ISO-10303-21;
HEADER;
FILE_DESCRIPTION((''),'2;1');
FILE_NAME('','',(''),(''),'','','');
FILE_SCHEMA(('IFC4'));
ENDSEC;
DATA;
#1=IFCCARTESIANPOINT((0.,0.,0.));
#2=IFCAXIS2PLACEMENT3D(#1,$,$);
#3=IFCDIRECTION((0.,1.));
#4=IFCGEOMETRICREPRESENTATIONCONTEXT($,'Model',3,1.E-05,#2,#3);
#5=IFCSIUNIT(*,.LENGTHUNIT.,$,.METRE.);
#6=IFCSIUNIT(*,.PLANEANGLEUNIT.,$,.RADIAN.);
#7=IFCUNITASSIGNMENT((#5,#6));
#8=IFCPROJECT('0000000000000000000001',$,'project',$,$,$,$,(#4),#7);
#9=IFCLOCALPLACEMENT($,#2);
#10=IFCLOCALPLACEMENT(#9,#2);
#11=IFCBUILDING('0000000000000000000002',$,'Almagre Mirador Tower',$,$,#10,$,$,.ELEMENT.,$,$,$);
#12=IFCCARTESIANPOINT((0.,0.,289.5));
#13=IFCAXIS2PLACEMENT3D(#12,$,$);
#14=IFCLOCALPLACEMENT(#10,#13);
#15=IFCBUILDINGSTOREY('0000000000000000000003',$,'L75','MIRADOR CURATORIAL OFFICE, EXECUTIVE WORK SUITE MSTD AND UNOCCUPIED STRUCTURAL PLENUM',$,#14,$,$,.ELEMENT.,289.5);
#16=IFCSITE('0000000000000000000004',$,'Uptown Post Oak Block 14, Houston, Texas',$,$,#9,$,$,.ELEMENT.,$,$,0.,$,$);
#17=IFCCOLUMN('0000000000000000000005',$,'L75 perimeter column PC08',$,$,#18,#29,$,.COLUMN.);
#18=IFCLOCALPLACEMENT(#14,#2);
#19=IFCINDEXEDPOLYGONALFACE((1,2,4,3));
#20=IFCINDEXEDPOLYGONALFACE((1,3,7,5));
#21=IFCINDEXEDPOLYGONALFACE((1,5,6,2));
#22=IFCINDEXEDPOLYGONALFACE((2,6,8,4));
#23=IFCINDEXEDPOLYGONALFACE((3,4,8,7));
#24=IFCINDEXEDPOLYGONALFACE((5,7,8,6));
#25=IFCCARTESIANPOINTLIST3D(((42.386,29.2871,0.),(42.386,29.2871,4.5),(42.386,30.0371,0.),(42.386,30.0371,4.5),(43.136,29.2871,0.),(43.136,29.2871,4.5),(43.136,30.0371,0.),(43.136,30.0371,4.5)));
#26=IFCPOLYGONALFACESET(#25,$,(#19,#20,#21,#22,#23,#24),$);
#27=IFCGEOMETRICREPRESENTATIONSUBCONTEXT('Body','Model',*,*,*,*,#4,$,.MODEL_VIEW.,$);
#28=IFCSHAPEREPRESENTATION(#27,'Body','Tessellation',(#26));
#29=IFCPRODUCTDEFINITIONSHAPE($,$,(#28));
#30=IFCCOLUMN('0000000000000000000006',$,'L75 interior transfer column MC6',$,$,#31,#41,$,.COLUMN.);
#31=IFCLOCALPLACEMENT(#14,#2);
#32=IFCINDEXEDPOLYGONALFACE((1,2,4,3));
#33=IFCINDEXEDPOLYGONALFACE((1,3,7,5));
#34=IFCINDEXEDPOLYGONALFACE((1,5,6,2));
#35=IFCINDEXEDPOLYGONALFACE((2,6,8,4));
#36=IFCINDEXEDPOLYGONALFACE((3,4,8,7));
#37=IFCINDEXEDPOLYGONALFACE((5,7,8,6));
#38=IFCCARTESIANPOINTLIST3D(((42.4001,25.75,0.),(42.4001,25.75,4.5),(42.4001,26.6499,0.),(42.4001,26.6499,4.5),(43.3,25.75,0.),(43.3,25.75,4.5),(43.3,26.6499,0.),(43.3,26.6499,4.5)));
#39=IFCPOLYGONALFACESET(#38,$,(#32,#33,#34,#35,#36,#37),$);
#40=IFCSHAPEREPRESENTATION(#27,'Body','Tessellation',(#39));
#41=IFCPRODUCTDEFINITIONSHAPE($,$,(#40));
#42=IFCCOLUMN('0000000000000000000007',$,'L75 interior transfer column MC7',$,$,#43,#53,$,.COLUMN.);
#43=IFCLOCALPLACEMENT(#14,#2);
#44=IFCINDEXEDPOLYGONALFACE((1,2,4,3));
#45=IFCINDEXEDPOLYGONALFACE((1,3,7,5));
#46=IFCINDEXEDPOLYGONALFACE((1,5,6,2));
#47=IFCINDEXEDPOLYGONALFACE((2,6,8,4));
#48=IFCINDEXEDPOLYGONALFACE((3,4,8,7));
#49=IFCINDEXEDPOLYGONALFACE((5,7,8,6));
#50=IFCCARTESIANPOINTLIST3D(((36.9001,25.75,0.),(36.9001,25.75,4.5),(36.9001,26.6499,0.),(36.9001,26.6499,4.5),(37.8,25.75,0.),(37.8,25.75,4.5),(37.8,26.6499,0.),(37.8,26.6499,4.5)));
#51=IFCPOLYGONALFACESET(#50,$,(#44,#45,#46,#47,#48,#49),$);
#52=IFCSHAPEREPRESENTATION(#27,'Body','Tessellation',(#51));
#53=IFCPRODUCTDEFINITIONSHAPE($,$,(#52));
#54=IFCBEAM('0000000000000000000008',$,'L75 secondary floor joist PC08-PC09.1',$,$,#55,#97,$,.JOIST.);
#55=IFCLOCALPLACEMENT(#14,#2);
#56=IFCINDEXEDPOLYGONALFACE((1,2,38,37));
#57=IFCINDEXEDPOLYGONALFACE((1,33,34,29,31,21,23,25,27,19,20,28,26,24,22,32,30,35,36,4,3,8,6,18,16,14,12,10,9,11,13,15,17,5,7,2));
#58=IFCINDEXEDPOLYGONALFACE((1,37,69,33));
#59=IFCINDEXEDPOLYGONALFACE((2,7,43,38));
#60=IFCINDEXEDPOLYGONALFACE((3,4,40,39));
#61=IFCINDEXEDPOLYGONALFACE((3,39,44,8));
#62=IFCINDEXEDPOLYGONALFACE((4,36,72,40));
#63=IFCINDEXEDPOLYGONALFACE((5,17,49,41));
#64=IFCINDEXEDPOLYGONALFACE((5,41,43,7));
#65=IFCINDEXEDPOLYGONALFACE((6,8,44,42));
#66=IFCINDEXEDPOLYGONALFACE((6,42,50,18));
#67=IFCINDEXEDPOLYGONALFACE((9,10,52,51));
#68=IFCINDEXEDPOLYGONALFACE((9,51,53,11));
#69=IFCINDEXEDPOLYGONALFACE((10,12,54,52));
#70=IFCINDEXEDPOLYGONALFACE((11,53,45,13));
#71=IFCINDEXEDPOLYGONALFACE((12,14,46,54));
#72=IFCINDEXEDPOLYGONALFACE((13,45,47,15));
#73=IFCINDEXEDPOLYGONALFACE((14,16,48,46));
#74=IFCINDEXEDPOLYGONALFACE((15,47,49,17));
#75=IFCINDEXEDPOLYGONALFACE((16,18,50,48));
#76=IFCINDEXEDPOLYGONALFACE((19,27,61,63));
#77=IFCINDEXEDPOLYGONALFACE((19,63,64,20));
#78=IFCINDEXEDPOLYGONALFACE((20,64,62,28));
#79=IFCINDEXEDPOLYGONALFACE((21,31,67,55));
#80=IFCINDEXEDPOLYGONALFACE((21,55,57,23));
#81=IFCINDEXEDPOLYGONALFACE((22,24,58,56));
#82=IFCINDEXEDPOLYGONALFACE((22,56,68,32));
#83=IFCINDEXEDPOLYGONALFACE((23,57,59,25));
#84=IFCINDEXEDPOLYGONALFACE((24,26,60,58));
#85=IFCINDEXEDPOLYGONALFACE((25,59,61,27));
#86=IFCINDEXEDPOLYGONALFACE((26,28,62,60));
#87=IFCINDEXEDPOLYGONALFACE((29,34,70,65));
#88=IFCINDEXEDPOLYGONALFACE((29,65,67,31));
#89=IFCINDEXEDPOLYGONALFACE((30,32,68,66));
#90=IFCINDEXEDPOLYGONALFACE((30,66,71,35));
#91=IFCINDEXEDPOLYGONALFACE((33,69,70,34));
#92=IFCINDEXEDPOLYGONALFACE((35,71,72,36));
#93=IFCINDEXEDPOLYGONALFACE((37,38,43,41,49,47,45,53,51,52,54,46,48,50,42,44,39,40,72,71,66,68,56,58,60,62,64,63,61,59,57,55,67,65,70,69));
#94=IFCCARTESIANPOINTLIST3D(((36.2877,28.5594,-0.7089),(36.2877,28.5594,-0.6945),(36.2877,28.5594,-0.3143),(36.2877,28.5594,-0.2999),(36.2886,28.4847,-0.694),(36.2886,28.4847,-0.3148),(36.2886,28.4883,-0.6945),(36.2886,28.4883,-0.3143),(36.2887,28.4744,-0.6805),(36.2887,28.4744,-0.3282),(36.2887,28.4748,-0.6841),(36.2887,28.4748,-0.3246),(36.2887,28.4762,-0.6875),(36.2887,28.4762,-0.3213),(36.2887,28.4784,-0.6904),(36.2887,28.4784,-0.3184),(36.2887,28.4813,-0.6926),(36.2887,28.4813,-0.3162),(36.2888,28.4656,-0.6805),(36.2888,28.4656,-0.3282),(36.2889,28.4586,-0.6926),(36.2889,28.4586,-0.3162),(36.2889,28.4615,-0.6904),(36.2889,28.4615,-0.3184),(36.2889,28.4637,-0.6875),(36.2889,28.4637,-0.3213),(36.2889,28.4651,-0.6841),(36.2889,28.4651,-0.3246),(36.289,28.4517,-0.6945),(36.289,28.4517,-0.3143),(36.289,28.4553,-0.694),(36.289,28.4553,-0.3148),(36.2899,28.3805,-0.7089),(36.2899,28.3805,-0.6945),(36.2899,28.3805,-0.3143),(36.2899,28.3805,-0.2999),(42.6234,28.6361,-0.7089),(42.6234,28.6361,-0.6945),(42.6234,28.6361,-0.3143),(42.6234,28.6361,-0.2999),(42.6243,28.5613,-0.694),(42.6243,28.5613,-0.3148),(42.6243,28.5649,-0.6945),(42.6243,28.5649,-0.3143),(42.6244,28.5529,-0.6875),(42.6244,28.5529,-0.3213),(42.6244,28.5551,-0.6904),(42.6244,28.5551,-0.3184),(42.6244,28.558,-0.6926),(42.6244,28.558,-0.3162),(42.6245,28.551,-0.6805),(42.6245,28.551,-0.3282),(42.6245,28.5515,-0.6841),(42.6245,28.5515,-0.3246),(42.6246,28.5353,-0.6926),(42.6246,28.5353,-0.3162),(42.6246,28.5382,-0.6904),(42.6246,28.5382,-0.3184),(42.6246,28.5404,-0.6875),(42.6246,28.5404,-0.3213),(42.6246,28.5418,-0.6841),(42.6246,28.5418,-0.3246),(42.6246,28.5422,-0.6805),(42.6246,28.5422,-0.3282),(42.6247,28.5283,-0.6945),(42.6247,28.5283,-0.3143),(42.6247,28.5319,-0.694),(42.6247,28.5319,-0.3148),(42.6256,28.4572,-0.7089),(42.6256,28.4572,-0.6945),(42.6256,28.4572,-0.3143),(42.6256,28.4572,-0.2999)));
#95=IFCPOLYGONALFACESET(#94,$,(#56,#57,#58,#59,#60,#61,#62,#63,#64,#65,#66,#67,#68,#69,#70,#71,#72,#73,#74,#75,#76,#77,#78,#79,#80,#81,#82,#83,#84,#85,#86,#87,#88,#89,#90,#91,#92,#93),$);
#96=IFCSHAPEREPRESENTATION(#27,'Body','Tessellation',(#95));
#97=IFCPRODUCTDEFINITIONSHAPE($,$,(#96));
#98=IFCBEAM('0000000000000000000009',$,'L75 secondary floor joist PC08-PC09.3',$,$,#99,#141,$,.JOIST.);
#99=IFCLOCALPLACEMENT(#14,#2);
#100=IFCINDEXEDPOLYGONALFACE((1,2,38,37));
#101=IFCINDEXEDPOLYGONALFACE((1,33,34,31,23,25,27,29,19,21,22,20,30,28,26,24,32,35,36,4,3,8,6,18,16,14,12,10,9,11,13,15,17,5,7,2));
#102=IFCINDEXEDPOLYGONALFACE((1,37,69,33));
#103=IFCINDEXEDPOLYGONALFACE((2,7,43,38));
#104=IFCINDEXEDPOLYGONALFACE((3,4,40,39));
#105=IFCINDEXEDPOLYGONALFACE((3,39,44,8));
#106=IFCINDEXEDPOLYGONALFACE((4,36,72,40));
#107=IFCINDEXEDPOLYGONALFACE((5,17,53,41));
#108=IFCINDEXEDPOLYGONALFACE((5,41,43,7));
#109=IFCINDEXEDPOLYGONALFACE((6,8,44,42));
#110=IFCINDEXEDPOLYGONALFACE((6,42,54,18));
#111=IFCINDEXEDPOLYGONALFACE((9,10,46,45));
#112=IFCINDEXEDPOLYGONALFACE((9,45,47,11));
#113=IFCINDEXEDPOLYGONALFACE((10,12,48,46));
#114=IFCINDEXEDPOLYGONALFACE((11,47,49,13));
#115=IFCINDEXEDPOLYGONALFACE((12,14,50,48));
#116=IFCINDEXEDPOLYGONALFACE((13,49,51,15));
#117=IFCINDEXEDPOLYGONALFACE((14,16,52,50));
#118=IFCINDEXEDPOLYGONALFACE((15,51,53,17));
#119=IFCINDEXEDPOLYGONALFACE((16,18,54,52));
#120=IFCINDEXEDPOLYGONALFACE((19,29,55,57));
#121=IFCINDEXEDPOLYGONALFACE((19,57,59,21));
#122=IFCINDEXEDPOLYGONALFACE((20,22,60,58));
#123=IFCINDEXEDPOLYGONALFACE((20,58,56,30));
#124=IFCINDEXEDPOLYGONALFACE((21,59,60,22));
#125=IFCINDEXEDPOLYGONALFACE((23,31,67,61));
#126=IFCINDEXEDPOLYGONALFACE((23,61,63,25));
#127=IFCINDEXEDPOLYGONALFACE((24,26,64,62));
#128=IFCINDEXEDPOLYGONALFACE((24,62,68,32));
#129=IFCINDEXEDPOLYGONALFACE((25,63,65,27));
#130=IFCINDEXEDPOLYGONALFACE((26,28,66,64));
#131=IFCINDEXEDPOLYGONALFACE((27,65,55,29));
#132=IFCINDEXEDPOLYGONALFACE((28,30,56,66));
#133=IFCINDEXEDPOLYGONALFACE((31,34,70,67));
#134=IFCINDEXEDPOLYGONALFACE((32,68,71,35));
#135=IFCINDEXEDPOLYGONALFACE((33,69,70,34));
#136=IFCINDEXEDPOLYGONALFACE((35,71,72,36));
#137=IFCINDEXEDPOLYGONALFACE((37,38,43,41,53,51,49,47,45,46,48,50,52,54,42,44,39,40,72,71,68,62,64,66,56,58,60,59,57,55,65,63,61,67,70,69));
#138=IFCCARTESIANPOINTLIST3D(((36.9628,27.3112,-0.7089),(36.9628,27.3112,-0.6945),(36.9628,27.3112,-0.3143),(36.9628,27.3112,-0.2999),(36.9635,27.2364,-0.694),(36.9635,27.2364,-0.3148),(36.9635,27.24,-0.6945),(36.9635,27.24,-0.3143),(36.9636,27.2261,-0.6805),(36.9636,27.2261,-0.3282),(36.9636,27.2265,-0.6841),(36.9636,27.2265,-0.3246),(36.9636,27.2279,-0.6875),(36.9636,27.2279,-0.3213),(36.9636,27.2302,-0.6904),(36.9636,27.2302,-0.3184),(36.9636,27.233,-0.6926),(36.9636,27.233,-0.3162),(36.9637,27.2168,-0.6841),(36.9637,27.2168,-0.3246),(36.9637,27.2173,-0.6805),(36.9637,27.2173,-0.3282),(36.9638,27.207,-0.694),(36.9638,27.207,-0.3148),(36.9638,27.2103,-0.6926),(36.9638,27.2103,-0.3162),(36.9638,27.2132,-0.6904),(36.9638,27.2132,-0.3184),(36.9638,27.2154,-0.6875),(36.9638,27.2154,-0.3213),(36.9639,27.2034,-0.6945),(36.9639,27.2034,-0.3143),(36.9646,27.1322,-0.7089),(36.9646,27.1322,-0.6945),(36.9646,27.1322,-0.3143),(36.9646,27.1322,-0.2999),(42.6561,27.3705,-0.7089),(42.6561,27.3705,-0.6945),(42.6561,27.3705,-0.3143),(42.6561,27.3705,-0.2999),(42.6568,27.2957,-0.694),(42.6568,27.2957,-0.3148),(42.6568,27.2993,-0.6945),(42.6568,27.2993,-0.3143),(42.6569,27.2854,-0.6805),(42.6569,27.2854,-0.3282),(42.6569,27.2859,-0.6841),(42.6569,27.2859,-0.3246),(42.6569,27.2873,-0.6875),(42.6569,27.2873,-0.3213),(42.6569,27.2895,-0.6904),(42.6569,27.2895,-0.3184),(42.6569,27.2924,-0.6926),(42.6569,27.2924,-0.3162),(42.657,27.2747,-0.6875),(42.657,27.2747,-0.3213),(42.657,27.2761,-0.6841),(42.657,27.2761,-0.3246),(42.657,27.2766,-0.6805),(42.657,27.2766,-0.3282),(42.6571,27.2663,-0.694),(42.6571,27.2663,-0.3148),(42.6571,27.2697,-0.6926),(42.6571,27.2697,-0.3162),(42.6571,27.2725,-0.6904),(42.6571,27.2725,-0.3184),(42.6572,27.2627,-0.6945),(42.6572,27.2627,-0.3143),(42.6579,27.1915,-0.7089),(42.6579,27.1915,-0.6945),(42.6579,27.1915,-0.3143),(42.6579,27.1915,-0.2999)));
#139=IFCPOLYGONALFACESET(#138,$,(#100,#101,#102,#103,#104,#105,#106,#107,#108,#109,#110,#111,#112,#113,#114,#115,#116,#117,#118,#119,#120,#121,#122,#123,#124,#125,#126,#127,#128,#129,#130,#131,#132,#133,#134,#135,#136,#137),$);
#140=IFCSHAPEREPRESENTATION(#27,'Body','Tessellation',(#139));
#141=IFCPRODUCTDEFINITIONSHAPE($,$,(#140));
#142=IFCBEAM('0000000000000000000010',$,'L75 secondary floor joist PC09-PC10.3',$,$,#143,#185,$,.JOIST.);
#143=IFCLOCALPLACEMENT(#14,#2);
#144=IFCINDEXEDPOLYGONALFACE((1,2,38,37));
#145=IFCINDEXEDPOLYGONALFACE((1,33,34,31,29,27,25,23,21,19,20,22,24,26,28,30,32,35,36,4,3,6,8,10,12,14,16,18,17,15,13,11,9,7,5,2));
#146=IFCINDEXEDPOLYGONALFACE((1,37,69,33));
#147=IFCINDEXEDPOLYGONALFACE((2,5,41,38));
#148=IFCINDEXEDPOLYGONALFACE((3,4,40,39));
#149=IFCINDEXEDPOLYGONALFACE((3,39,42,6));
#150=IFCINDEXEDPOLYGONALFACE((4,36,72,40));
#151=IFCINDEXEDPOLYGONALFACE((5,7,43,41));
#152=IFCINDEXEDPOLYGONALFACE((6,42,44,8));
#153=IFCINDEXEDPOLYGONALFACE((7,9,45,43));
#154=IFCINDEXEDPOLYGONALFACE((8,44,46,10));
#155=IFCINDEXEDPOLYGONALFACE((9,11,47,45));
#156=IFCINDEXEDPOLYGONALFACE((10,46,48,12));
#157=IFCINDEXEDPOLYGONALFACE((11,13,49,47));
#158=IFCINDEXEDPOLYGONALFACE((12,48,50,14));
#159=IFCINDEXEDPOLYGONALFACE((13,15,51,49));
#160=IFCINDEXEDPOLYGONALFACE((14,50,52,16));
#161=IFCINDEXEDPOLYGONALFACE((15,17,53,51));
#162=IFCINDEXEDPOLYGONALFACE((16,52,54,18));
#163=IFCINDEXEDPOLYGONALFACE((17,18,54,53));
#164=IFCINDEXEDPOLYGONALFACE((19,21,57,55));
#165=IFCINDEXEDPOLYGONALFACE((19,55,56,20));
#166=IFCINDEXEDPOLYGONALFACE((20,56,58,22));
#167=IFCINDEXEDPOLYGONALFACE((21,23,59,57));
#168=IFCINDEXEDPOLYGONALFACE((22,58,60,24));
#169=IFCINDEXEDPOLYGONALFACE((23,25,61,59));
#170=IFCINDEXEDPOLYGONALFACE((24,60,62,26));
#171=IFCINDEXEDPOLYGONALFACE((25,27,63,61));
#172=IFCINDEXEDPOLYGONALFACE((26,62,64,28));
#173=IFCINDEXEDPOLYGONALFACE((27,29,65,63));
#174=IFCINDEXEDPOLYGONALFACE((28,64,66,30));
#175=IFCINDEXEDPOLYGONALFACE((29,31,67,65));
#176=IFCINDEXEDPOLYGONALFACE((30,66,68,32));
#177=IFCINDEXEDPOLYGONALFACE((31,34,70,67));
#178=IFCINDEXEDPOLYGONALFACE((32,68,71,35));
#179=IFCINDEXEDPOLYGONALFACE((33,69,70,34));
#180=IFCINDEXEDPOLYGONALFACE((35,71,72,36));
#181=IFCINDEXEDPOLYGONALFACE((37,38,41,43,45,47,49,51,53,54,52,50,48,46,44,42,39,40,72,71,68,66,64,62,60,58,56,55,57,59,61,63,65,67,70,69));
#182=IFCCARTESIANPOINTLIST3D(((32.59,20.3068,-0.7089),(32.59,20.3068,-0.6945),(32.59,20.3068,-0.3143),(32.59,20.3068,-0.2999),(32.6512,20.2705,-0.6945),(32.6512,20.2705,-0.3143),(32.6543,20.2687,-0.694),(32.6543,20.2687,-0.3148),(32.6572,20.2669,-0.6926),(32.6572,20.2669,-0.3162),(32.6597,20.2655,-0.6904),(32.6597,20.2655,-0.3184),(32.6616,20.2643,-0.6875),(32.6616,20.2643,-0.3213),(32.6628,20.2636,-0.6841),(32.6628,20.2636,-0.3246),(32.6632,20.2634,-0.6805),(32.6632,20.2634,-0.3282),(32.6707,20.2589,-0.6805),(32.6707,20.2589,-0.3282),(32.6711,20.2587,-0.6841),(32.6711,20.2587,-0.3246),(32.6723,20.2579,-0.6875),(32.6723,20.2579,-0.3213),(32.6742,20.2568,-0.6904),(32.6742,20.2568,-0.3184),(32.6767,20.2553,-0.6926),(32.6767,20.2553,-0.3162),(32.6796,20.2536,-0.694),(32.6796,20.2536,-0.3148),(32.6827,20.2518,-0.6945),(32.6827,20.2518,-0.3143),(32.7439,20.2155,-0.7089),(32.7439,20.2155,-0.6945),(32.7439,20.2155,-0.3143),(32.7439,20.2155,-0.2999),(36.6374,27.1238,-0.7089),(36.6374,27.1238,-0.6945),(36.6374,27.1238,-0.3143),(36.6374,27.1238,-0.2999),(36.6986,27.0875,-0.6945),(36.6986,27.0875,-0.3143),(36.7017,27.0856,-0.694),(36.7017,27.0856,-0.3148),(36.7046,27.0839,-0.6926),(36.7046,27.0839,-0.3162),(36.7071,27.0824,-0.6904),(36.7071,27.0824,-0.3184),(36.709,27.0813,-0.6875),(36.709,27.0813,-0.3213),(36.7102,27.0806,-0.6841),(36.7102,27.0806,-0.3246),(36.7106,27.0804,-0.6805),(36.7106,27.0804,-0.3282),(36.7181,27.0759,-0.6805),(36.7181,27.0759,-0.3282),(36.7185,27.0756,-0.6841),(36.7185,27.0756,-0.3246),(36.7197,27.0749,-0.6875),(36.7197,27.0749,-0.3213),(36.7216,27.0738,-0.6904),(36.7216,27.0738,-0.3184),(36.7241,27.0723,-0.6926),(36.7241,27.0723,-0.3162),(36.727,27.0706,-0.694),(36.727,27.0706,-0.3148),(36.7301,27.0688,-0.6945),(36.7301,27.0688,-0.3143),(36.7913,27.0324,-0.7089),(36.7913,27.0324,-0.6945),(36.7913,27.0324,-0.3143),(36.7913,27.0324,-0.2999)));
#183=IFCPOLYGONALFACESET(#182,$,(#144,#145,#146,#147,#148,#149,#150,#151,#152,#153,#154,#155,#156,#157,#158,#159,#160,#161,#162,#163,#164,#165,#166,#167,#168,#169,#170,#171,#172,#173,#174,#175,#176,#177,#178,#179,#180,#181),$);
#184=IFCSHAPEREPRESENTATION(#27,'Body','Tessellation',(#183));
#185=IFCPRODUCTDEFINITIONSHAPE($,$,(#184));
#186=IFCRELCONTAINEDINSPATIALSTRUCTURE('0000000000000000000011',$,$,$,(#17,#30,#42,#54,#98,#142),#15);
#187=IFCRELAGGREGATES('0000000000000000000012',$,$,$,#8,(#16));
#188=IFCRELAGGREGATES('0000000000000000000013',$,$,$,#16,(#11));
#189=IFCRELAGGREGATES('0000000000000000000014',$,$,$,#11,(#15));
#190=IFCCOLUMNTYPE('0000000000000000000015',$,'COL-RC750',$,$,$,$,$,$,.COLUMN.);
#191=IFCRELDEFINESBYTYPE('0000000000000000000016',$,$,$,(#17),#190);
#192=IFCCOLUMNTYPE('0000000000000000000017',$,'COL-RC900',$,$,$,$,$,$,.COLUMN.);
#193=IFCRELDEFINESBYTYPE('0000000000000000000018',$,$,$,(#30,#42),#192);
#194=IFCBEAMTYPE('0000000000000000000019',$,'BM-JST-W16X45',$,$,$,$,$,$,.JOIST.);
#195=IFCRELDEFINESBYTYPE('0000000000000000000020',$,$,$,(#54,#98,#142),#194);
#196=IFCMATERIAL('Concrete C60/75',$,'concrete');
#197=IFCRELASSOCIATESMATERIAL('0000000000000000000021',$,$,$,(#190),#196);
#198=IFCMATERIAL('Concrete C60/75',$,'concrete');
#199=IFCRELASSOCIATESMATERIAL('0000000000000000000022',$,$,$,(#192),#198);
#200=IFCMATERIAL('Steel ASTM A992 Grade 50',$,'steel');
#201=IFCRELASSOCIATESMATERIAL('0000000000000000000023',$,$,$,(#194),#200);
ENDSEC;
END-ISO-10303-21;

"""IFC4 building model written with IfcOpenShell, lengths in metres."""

from ifc_helpers import new_model, si_unit, direction, frame, origin, origin_2d, place, context, subcontext, project, spatial, rectangle, i_section, extrude, material, material_profile, profile_set, type_object, element, save


model = new_model("IFC4")

# Units and contexts
model_context = context("Model", 3, precision=1e-05, world=origin(), true_north=direction((0.0, 1.0)))
body_context = subcontext(model_context, "Body", "Model", "MODEL_VIEW")
ifc_project = project(units=[si_unit("LENGTHUNIT", "METRE"), si_unit("PLANEANGLEUNIT", "RADIAN")], contexts=[model_context])

# Site, building, storey
site_placement = place(None, origin())
site = spatial("IfcSite", under=ifc_project, at=site_placement, Name="Uptown Post Oak Block 14, Houston, Texas", CompositionType="ELEMENT", RefElevation=0.0)
building_placement = place(site_placement, origin())
building = spatial("IfcBuilding", under=site, at=building_placement, Name="Almagre Mirador Tower", CompositionType="ELEMENT")
storey_placement = place(building_placement, frame((0.0, 0.0, 289.5)))
storey = spatial("IfcBuildingStorey", under=building, at=storey_placement, Name="L75", Description="MIRADOR CURATORIAL OFFICE, EXECUTIVE WORK SUITE MSTD AND UNOCCUPIED STRUCTURAL PLENUM", CompositionType="ELEMENT", Elevation=289.5)

# Columns
ifc_material_1 = material(Name="Concrete C60/75", Category="concrete")
ifc_material_profile_1 = material_profile(ifc_material_1, rectangle(XDim=0.75, YDim=0.75, at=origin_2d()), Name="RC750X750")
ifc_profile_set_1 = profile_set([ifc_material_profile_1], Name="Concrete C60/75")
column_type_1 = type_object("IfcColumnType", Name="COL-RC750", PredefinedType="COLUMN", material=ifc_profile_set_1)
column_placement = place(storey_placement, frame((42.761, 29.6621, 0.0), z_axis=(0.0, 0.0, 1.0), x_axis=(1.0, 0.0, 0.0)))
element("IfcColumn", 1, at=column_placement, inside=storey, type_object=column_type_1, Name="L75 perimeter column PC08", PredefinedType="COLUMN", context=body_context, shape_type="SweptSolid", body=[
    extrude(rectangle(XDim=0.75, YDim=0.75, at=origin_2d()), origin(), (0.0, 0.0, 1.0), 4.5),
])
ifc_material_2 = material(Name="Concrete C60/75", Category="concrete")
ifc_material_profile_2 = material_profile(ifc_material_2, rectangle(XDim=0.8999, YDim=0.8999, at=origin_2d()), Name="RC900X900")
ifc_profile_set_2 = profile_set([ifc_material_profile_2], Name="Concrete C60/75")
column_type_2 = type_object("IfcColumnType", Name="COL-RC900", PredefinedType="COLUMN", material=ifc_profile_set_2)
for number, where, z_axis, x_axis, name in (
    (2, (42.8501, 26.2, 0.0), (0.0, 0.0, 1.0), (1.0, 0.0, 0.0), "L75 interior transfer column MC6"),
    (3, (37.3501, 26.2, 0.0), (0.0, 0.0, 1.0), (1.0, 0.0, 0.0), "L75 interior transfer column MC7"),
):
    element("IfcColumn", number, at=place(storey_placement, frame(where, z_axis=z_axis, x_axis=x_axis)), inside=storey, type_object=column_type_2, Name=name, PredefinedType="COLUMN", context=body_context, shape_type="SweptSolid", body=[
        extrude(rectangle(XDim=0.8999, YDim=0.8999, at=origin_2d()), origin(), (0.0, 0.0, 1.0), 4.5),
    ])

# Beams
ifc_material_3 = material(Name="Steel ASTM A992 Grade 50", Category="steel")
ifc_material_profile_3 = material_profile(ifc_material_3, i_section(OverallWidth=0.179, OverallDepth=0.4089, WebThickness=0.0088, FlangeThickness=0.0144, FilletRadius=0.0139, at=origin_2d()), Name="W16X45")
ifc_profile_set_3 = profile_set([ifc_material_profile_3], Name="Steel ASTM A992 Grade 50")
beam_type_1 = type_object("IfcBeamType", Name="BM-JST-W16X45", PredefinedType="JOIST", material=ifc_profile_set_3)
beam_1_placement = place(storey_placement, frame((42.6245, 28.5466, -0.5044), z_axis=(-0.999927, -0.012099, 0.0), x_axis=(0.012099, -0.999927, 0.0)))
element("IfcBeam", 4, at=beam_1_placement, inside=storey, type_object=beam_type_1, Name="L75 secondary floor joist PC08-PC09.1", PredefinedType="JOIST", context=body_context, shape_type="SweptSolid", body=[
    extrude(i_section(OverallWidth=0.179, OverallDepth=0.4089, WebThickness=0.0088, FlangeThickness=0.0144, FilletRadius=0.0139, at=origin_2d()), origin(), (0.0, 0.0, 1.0), 6.3362),
])
beam_2_placement = place(storey_placement, frame((42.657, 27.281, -0.5044), z_axis=(-0.999946, -0.01042, 0.0), x_axis=(0.01042, -0.999946, 0.0)))
element("IfcBeam", 5, at=beam_2_placement, inside=storey, type_object=beam_type_1, Name="L75 secondary floor joist PC08-PC09.3", PredefinedType="JOIST", context=body_context, shape_type="SweptSolid", body=[
    extrude(i_section(OverallWidth=0.179, OverallDepth=0.4089, WebThickness=0.0088, FlangeThickness=0.0144, FilletRadius=0.0139, at=origin_2d()), origin(), (0.0, 0.0, 1.0), 5.6936),
])
beam_3_placement = place(storey_placement, frame((36.7144, 27.0781, -0.5044), z_axis=(-0.510523, -0.859864, 0.0), x_axis=(0.859864, -0.510523, 0.0)))
element("IfcBeam", 6, at=beam_3_placement, inside=storey, type_object=beam_type_1, Name="L75 secondary floor joist PC09-PC10.3", PredefinedType="JOIST", context=body_context, shape_type="SweptSolid", body=[
    extrude(i_section(OverallWidth=0.179, OverallDepth=0.4089, WebThickness=0.0088, FlangeThickness=0.0144, FilletRadius=0.0139, at=origin_2d()), origin(), (0.0, 0.0, 1.0), 7.928),
])

save(model, "model.ifc")
